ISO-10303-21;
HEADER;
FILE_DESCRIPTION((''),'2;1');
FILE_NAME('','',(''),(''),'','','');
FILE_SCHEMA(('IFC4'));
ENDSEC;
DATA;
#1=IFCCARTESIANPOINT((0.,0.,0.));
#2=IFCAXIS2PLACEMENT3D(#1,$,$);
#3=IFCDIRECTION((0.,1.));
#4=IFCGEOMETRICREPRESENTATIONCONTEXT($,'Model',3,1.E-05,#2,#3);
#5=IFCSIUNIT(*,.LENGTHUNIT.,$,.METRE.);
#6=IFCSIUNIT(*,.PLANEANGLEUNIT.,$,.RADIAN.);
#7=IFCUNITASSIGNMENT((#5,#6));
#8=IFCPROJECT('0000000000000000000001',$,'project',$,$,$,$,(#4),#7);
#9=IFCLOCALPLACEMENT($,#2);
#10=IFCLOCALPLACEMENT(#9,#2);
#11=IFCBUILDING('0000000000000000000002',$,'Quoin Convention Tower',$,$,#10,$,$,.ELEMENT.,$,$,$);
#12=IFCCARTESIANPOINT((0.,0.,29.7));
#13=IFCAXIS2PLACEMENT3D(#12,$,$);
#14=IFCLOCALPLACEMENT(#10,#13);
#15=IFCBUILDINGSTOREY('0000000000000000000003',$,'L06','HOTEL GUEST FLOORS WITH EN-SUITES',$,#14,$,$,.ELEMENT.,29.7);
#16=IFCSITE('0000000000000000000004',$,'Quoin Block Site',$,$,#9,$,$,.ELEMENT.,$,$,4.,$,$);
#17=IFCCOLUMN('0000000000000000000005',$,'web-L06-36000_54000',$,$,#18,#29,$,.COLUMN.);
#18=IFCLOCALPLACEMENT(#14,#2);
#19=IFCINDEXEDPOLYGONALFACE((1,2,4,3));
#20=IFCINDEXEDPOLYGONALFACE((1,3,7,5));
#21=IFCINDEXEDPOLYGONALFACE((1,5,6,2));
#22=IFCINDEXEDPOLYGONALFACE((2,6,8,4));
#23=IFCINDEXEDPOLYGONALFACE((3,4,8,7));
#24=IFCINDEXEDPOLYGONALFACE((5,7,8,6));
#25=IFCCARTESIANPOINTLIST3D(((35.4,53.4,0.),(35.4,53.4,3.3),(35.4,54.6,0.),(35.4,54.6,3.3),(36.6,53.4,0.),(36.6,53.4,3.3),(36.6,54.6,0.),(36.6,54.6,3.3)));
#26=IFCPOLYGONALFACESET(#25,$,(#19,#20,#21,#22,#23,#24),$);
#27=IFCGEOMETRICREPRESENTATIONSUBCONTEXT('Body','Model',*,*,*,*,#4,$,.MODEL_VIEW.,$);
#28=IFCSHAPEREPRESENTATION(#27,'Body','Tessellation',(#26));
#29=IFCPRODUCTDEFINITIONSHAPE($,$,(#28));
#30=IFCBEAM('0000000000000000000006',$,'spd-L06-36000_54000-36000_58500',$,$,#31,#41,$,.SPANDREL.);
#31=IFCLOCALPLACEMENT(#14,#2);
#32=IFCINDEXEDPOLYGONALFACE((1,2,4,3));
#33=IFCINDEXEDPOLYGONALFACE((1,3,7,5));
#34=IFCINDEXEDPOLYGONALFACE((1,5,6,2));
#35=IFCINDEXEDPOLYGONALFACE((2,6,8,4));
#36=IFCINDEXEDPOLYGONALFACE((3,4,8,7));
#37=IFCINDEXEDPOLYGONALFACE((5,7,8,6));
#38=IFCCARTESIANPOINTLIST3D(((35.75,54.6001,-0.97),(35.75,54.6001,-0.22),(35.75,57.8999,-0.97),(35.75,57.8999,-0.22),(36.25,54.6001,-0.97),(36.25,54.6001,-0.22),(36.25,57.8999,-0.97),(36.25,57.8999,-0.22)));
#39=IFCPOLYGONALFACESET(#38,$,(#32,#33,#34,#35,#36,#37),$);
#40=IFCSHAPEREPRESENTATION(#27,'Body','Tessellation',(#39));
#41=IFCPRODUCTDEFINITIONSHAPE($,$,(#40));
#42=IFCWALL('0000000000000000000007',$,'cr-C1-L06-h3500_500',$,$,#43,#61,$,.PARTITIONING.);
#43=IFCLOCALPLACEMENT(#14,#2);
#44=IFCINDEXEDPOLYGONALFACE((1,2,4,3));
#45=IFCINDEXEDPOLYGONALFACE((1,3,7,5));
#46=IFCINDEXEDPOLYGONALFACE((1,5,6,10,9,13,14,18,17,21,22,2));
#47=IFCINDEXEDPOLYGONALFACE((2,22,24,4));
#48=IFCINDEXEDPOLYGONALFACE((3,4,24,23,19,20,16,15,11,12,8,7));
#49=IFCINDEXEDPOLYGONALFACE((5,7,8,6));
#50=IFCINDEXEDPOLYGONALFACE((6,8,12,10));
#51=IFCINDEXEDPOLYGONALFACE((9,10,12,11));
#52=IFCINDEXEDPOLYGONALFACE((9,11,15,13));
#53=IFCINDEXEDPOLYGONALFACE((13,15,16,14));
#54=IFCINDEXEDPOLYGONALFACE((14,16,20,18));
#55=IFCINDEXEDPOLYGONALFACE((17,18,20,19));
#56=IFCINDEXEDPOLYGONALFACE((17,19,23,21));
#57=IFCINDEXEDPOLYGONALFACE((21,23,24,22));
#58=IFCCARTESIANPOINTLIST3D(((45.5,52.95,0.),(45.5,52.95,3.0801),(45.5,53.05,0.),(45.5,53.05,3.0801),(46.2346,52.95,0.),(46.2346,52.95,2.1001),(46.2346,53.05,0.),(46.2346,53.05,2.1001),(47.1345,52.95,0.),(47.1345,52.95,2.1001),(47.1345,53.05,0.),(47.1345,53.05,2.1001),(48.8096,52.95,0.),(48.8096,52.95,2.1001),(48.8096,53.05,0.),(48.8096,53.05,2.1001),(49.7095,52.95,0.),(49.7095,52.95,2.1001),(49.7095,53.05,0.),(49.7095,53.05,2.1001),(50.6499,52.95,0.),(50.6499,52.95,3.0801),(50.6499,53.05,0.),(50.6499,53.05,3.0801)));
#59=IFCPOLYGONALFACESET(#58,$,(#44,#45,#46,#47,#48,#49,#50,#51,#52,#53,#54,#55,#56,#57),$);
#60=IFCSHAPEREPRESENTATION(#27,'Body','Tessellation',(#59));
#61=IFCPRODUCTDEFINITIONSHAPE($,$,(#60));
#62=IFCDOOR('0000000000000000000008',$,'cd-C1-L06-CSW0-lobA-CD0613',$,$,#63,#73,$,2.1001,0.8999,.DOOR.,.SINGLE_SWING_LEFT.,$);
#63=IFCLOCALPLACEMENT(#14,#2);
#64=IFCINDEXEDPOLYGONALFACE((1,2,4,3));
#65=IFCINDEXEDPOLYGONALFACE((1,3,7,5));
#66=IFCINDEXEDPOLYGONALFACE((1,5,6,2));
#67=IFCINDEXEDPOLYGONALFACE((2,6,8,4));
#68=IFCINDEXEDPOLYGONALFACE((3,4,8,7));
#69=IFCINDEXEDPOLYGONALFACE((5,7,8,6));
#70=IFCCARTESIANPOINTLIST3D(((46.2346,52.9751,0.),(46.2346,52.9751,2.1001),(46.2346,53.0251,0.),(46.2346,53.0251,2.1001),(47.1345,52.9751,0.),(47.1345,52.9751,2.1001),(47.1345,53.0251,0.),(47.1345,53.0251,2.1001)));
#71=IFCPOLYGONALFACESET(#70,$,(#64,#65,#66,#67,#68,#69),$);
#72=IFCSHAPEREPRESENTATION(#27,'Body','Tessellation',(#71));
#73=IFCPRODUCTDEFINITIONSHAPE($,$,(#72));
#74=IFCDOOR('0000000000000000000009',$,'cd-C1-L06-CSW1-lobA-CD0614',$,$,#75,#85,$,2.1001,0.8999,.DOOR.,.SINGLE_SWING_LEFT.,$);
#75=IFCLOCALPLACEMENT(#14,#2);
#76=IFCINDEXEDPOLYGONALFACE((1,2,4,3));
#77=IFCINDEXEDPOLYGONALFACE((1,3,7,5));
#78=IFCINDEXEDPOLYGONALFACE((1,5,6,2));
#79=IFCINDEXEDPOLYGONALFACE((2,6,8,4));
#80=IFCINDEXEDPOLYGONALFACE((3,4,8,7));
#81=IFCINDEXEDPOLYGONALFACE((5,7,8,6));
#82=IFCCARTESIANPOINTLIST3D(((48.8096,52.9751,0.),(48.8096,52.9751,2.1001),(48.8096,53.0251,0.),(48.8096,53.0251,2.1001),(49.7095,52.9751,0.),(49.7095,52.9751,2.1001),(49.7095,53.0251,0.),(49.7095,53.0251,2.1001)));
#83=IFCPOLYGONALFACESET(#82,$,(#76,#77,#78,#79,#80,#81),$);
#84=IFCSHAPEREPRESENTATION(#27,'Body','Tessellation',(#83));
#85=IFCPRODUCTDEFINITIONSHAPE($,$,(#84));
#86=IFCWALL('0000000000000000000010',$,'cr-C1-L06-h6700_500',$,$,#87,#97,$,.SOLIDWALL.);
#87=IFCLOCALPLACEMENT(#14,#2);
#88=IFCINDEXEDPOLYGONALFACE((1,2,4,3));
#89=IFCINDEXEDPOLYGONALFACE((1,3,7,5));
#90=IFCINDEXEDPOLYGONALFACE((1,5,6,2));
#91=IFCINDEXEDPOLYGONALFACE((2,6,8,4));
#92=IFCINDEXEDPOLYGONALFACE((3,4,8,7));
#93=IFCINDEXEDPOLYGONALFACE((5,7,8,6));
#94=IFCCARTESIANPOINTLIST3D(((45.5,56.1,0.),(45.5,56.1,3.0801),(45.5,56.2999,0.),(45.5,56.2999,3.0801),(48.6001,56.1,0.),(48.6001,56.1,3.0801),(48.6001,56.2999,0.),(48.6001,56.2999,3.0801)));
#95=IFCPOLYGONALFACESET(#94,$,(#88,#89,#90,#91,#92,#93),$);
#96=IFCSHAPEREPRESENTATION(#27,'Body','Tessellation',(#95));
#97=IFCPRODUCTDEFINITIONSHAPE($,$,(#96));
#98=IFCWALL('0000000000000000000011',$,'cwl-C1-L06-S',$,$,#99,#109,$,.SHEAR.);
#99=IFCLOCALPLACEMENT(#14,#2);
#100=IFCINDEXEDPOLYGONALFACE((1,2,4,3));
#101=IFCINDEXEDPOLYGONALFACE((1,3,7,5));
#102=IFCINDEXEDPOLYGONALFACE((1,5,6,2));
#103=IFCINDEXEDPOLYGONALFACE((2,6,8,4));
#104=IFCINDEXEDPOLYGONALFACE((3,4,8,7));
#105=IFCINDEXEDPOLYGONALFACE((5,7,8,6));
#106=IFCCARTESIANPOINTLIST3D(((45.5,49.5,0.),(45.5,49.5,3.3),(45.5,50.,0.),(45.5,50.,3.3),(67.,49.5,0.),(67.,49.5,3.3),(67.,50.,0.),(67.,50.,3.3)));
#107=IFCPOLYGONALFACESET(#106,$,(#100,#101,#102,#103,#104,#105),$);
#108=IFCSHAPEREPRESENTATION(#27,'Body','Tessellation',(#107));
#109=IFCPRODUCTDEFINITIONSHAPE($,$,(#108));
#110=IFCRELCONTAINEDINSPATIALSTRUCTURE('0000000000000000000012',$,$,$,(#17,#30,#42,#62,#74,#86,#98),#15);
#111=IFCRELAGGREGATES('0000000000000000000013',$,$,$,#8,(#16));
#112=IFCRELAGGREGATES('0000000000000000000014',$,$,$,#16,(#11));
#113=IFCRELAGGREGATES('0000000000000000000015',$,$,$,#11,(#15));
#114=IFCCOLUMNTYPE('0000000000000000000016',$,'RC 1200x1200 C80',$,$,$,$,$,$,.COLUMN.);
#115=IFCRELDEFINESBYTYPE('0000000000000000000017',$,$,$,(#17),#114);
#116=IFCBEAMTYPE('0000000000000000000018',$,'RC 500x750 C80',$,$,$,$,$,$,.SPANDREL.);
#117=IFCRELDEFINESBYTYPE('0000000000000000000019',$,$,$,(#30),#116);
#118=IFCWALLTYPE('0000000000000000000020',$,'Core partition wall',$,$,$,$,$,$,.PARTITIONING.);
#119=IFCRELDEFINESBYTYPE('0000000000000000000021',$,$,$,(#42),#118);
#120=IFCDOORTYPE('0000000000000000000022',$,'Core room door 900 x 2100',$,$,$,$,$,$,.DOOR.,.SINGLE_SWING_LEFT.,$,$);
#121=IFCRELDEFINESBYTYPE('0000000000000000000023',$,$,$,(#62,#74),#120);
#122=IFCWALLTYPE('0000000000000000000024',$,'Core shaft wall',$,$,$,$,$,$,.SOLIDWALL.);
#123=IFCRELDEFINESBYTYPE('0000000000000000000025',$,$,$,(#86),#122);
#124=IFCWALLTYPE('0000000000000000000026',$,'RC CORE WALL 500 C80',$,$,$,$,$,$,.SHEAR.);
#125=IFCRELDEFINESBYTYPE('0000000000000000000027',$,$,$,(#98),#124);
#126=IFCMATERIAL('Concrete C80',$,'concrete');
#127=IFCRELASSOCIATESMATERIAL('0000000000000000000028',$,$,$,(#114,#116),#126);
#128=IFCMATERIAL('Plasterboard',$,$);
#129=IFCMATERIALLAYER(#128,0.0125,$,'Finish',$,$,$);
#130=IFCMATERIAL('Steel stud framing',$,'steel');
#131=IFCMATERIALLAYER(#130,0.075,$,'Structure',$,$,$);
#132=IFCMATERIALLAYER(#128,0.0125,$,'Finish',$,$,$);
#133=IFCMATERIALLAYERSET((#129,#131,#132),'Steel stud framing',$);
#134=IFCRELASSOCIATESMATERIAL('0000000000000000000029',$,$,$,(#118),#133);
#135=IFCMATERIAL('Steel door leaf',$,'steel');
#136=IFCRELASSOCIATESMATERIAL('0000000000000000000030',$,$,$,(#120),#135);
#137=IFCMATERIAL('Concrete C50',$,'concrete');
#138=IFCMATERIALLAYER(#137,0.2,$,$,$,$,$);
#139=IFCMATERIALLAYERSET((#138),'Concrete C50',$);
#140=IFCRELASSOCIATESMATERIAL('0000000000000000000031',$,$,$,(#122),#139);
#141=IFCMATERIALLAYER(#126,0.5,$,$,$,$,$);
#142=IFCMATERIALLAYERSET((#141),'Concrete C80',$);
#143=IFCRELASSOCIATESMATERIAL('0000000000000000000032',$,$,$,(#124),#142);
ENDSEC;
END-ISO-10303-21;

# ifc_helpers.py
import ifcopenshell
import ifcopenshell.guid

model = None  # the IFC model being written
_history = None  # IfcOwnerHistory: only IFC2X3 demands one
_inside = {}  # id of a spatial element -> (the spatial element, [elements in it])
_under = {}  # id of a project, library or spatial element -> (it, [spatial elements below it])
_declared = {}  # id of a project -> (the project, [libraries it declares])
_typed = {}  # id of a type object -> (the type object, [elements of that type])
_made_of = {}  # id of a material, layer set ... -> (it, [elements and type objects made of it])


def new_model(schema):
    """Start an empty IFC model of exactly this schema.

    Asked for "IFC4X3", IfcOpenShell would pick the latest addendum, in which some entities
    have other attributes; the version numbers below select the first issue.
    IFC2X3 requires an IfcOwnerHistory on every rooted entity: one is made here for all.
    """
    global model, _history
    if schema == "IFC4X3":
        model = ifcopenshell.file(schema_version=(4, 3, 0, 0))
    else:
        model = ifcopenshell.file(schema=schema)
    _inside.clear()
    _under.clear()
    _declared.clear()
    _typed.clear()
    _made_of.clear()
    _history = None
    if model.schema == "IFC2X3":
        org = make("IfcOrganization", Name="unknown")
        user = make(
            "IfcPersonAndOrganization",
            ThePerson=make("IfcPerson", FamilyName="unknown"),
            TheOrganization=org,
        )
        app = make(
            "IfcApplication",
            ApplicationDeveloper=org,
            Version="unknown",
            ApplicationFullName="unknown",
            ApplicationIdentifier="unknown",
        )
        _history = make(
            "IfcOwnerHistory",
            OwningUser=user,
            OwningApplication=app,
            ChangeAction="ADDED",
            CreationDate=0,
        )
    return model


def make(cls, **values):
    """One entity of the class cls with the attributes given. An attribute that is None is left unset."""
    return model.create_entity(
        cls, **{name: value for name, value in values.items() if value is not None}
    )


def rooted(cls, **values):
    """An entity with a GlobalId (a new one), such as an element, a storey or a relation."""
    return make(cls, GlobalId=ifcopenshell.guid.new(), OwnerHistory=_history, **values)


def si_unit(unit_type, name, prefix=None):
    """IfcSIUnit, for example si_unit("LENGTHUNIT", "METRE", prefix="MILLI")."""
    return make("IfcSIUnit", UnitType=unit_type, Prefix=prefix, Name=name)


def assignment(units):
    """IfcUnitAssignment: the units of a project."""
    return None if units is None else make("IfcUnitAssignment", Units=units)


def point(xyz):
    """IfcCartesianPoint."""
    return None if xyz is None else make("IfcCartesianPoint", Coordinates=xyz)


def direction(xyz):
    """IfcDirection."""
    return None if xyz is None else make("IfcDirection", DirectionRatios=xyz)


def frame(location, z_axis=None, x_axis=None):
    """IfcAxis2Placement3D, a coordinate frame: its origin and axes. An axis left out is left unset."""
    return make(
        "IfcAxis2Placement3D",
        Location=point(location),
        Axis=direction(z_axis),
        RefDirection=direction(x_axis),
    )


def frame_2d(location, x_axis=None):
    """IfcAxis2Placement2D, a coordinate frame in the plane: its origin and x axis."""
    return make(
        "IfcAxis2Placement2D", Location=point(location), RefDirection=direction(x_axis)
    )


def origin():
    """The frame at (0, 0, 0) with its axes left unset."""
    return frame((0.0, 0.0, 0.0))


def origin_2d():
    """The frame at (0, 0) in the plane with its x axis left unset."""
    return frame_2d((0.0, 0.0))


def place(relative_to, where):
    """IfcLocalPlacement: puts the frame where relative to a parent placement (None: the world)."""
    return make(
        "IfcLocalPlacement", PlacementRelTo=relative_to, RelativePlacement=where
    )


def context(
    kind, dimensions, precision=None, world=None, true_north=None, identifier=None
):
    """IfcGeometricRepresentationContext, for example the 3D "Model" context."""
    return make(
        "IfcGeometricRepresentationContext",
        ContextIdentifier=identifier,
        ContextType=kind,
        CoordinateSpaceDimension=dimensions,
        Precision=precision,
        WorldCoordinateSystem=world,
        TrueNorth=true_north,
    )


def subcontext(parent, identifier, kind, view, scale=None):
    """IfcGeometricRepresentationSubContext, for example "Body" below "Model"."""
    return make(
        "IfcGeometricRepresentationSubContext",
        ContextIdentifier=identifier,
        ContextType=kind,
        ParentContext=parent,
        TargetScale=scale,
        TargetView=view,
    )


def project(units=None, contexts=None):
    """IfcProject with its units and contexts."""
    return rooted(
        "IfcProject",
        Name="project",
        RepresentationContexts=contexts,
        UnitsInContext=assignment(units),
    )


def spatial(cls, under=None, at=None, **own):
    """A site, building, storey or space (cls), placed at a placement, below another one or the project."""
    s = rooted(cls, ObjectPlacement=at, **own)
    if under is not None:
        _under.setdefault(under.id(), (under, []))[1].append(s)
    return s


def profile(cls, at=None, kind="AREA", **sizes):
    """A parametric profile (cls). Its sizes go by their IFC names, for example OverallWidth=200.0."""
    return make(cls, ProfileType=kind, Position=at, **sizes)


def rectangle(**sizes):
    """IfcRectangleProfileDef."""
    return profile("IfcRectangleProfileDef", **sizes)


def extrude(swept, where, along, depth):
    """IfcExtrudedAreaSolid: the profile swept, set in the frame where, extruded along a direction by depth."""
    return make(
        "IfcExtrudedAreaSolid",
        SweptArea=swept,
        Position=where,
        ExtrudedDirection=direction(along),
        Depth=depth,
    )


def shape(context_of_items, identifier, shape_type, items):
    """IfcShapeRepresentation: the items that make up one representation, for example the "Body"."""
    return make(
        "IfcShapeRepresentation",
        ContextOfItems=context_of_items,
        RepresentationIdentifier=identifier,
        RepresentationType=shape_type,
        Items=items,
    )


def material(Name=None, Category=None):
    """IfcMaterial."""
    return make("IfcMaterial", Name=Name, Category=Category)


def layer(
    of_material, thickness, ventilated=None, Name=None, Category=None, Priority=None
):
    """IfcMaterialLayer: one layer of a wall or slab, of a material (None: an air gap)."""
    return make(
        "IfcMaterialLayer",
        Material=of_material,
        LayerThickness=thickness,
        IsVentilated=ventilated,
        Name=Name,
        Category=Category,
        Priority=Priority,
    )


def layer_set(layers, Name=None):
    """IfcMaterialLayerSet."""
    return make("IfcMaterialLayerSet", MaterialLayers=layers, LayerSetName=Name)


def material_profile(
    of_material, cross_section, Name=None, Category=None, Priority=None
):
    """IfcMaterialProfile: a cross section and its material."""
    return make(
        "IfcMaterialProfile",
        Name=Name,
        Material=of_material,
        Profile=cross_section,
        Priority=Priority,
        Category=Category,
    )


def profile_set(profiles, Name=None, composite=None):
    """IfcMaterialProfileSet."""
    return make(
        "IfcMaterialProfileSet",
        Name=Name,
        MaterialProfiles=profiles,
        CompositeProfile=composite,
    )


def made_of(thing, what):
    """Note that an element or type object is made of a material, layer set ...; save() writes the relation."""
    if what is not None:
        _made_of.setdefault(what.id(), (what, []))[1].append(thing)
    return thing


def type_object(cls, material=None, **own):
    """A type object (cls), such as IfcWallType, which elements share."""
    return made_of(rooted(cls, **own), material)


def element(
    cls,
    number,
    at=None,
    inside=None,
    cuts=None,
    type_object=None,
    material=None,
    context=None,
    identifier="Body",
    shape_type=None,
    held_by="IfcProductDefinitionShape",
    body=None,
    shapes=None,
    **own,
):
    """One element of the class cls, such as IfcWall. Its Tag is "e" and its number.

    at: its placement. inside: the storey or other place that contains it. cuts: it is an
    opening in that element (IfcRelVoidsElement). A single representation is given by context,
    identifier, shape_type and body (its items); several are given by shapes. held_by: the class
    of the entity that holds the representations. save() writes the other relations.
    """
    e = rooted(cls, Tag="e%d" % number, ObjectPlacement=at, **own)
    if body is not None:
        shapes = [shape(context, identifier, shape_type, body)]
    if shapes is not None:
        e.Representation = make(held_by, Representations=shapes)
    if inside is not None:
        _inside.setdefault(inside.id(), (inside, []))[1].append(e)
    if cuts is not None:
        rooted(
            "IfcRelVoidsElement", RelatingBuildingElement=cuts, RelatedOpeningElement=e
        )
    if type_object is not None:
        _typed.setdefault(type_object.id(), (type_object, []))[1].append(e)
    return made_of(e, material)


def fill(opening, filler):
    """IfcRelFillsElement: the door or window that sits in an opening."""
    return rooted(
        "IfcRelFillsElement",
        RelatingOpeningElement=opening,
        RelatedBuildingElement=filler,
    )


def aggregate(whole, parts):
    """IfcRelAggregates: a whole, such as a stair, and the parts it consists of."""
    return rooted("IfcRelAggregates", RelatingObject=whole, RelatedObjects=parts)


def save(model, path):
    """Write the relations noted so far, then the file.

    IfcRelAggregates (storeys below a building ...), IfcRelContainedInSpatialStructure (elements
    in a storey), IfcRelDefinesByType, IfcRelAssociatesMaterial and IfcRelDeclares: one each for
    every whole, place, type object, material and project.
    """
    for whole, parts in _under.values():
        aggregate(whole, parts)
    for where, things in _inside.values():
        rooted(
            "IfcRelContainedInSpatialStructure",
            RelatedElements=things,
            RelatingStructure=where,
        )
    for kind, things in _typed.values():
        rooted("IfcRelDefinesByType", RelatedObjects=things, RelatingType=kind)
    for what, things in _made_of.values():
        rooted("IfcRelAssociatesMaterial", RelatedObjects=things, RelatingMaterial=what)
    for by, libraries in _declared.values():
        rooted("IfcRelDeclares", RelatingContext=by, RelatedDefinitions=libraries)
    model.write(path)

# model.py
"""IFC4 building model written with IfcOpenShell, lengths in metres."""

from ifc_helpers import new_model, si_unit, direction, frame, frame_2d, origin, origin_2d, place, context, subcontext, project, spatial, rectangle, extrude, material, layer, layer_set, material_profile, profile_set, type_object, element, fill, save


model = new_model("IFC4")

# Units and contexts
model_context = context("Model", 3, precision=1e-05, world=origin(), true_north=direction((0.0, 1.0)))
body_context = subcontext(model_context, "Body", "Model", "MODEL_VIEW")
ifc_project = project(units=[si_unit("LENGTHUNIT", "METRE"), si_unit("PLANEANGLEUNIT", "RADIAN")], contexts=[model_context])

# Site, building, storey
site_placement = place(None, origin())
site = spatial("IfcSite", under=ifc_project, at=site_placement, Name="Quoin Block Site", CompositionType="ELEMENT", RefElevation=4.0)
building_placement = place(site_placement, origin())
building = spatial("IfcBuilding", under=site, at=building_placement, Name="Quoin Convention Tower", CompositionType="ELEMENT")
storey_placement = place(building_placement, frame((0.0, 0.0, 29.7)))
storey = spatial("IfcBuildingStorey", under=building, at=storey_placement, Name="L06", Description="HOTEL GUEST FLOORS WITH EN-SUITES", CompositionType="ELEMENT", Elevation=29.7)

# Column
ifc_material_1 = material(Name="Concrete C80", Category="concrete")
ifc_material_profile_1 = material_profile(ifc_material_1, rectangle(XDim=1.2, YDim=1.2, at=origin_2d()), Name="RC 1200x1200")
ifc_profile_set_1 = profile_set([ifc_material_profile_1], Name="Concrete C80")
column_type = type_object("IfcColumnType", Name="RC 1200x1200 C80", PredefinedType="COLUMN", material=ifc_profile_set_1)
column_placement = place(storey_placement, frame((36.0, 54.0, 0.0), z_axis=(0.0, 0.0, 1.0), x_axis=(1.0, 0.0, 0.0)))
element("IfcColumn", 1, at=column_placement, inside=storey, type_object=column_type, Name="web-L06-36000_54000", PredefinedType="COLUMN", context=body_context, shape_type="SweptSolid", body=[
    extrude(rectangle(XDim=1.2, YDim=1.2, at=origin_2d()), origin(), (0.0, 0.0, 1.0), 3.3),
])

# Beam
ifc_material_profile_2 = material_profile(ifc_material_1, rectangle(XDim=0.5, YDim=0.75, at=origin_2d()), Name="RC 500x750")
ifc_profile_set_2 = profile_set([ifc_material_profile_2], Name="Concrete C80")
beam_type = type_object("IfcBeamType", Name="RC 500x750 C80", PredefinedType="SPANDREL", material=ifc_profile_set_2)
beam_placement = place(storey_placement, frame((36.0, 54.6001, -0.595), z_axis=(0.0, 1.0, 0.0), x_axis=(-1.0, 0.0, 0.0)))
element("IfcBeam", 2, at=beam_placement, inside=storey, type_object=beam_type, Name="spd-L06-36000_54000-36000_58500", PredefinedType="SPANDREL", context=body_context, shape_type="SweptSolid", body=[
    extrude(rectangle(XDim=0.5, YDim=0.75, at=origin_2d()), origin(), (0.0, 0.0, 1.0), 3.2998),
])

# Wall, openings, doors
ifc_material_2 = material(Name="Plasterboard")
ifc_layer_1 = layer(ifc_material_2, 0.0125, Name="Finish")
ifc_material_3 = material(Name="Steel stud framing", Category="steel")
ifc_layer_2 = layer(ifc_material_3, 0.075, Name="Structure")
ifc_layer_3 = layer(ifc_material_2, 0.0125, Name="Finish")
ifc_layer_set_1 = layer_set([ifc_layer_1, ifc_layer_2, ifc_layer_3], Name="Steel stud framing")
wall_type_1 = type_object("IfcWallType", Name="Core partition wall", PredefinedType="PARTITIONING", material=ifc_layer_set_1)
wall_1_placement = place(storey_placement, frame((45.5, 53.0, 0.0), z_axis=(0.0, 0.0, 1.0), x_axis=(1.0, 0.0, 0.0)))
wall_1 = element("IfcWall", 3, at=wall_1_placement, inside=storey, type_object=wall_type_1, Name="cr-C1-L06-h3500_500", PredefinedType="PARTITIONING", context=body_context, shape_type="SweptSolid", body=[
    extrude(rectangle(XDim=5.1499, YDim=0.1001, at=frame_2d((2.575, 0.0))), origin(), (0.0, 0.0, 1.0), 3.0801),
])
opening_1_placement = place(wall_1_placement, frame((0.7346, 0.0, 0.0)))
opening_1 = element("IfcOpeningElement", 4, at=opening_1_placement, cuts=wall_1, PredefinedType="OPENING", context=body_context, shape_type="SweptSolid", body=[
    extrude(rectangle(XDim=0.8999, YDim=2.1001, at=frame_2d((0.45, 1.05))), frame((0.0, 0.0601, 0.0), z_axis=(0.0, -1.0, 0.0), x_axis=(1.0, 0.0, 0.0)), (0.0, 0.0, 1.0), 0.1201),
])
opening_2_placement = place(wall_1_placement, frame((3.3096, 0.0, 0.0)))
opening_2 = element("IfcOpeningElement", 5, at=opening_2_placement, cuts=wall_1, PredefinedType="OPENING", context=body_context, shape_type="SweptSolid", body=[
    extrude(rectangle(XDim=0.8999, YDim=2.1001, at=frame_2d((0.45, 1.05))), frame((0.0, 0.0601, 0.0), z_axis=(0.0, -1.0, 0.0), x_axis=(1.0, 0.0, 0.0)), (0.0, 0.0, 1.0), 0.1201),
])
ifc_material_4 = material(Name="Steel door leaf", Category="steel")
door_type_1 = type_object("IfcDoorType", Name="Core room door 900 x 2100", OperationType="SINGLE_SWING_LEFT", PredefinedType="DOOR", material=ifc_material_4)
door_1_placement = place(opening_1_placement, frame((0.8999, 0.0, 0.0), z_axis=(0.0, 0.0, 1.0), x_axis=(-1.0, 0.0, 0.0)))
door_1 = element("IfcDoor", 6, at=door_1_placement, inside=storey, type_object=door_type_1, Name="cd-C1-L06-CSW0-lobA-CD0613", OperationType="SINGLE_SWING_LEFT", OverallHeight=2.1001, OverallWidth=0.8999, PredefinedType="DOOR", context=body_context, shape_type="SweptSolid", body=[
    extrude(rectangle(XDim=0.8999, YDim=2.1001, at=frame_2d((0.45, 1.05))), frame((0.0, 0.0249, 0.0), z_axis=(0.0, -1.0, 0.0), x_axis=(1.0, 0.0, 0.0)), (0.0, 0.0, 1.0), 0.05),
])
fill(opening_1, door_1)
door_2_placement = place(opening_2_placement, frame((0.8999, 0.0, 0.0), z_axis=(0.0, 0.0, 1.0), x_axis=(-1.0, 0.0, 0.0)))
door_2 = element("IfcDoor", 7, at=door_2_placement, inside=storey, type_object=door_type_1, Name="cd-C1-L06-CSW1-lobA-CD0614", OperationType="SINGLE_SWING_LEFT", OverallHeight=2.1001, OverallWidth=0.8999, PredefinedType="DOOR", context=body_context, shape_type="SweptSolid", body=[
    extrude(rectangle(XDim=0.8999, YDim=2.1001, at=frame_2d((0.45, 1.05))), frame((0.0, 0.0249, 0.0), z_axis=(0.0, -1.0, 0.0), x_axis=(1.0, 0.0, 0.0)), (0.0, 0.0, 1.0), 0.05),
])
fill(opening_2, door_2)

# Walls
ifc_material_5 = material(Name="Concrete C50", Category="concrete")
ifc_layer_4 = layer(ifc_material_5, 0.2)
ifc_layer_set_2 = layer_set([ifc_layer_4], Name="Concrete C50")
wall_type_2 = type_object("IfcWallType", Name="Core shaft wall", PredefinedType="SOLIDWALL", material=ifc_layer_set_2)
wall_2_placement = place(storey_placement, frame((45.5, 56.2, 0.0), z_axis=(0.0, 0.0, 1.0), x_axis=(1.0, 0.0, 0.0)))
element("IfcWall", 8, at=wall_2_placement, inside=storey, type_object=wall_type_2, Name="cr-C1-L06-h6700_500", PredefinedType="SOLIDWALL", context=body_context, shape_type="SweptSolid", body=[
    extrude(rectangle(XDim=3.1001, YDim=0.2, at=frame_2d((1.55, 0.0))), origin(), (0.0, 0.0, 1.0), 3.0801),
])
ifc_layer_5 = layer(ifc_material_1, 0.5)
ifc_layer_set_3 = layer_set([ifc_layer_5], Name="Concrete C80")
wall_type_3 = type_object("IfcWallType", Name="RC CORE WALL 500 C80", PredefinedType="SHEAR", material=ifc_layer_set_3)
wall_3_placement = place(storey_placement, frame((45.5, 49.75, 0.0), z_axis=(0.0, 0.0, 1.0), x_axis=(1.0, 0.0, 0.0)))
element("IfcWall", 9, at=wall_3_placement, inside=storey, type_object=wall_type_3, Name="cwl-C1-L06-S", PredefinedType="SHEAR", context=body_context, shape_type="SweptSolid", body=[
    extrude(rectangle(XDim=21.5, YDim=0.5, at=frame_2d((10.75, 0.0))), origin(), (0.0, 0.0, 1.0), 3.3),
])

save(model, "model.ifc")
